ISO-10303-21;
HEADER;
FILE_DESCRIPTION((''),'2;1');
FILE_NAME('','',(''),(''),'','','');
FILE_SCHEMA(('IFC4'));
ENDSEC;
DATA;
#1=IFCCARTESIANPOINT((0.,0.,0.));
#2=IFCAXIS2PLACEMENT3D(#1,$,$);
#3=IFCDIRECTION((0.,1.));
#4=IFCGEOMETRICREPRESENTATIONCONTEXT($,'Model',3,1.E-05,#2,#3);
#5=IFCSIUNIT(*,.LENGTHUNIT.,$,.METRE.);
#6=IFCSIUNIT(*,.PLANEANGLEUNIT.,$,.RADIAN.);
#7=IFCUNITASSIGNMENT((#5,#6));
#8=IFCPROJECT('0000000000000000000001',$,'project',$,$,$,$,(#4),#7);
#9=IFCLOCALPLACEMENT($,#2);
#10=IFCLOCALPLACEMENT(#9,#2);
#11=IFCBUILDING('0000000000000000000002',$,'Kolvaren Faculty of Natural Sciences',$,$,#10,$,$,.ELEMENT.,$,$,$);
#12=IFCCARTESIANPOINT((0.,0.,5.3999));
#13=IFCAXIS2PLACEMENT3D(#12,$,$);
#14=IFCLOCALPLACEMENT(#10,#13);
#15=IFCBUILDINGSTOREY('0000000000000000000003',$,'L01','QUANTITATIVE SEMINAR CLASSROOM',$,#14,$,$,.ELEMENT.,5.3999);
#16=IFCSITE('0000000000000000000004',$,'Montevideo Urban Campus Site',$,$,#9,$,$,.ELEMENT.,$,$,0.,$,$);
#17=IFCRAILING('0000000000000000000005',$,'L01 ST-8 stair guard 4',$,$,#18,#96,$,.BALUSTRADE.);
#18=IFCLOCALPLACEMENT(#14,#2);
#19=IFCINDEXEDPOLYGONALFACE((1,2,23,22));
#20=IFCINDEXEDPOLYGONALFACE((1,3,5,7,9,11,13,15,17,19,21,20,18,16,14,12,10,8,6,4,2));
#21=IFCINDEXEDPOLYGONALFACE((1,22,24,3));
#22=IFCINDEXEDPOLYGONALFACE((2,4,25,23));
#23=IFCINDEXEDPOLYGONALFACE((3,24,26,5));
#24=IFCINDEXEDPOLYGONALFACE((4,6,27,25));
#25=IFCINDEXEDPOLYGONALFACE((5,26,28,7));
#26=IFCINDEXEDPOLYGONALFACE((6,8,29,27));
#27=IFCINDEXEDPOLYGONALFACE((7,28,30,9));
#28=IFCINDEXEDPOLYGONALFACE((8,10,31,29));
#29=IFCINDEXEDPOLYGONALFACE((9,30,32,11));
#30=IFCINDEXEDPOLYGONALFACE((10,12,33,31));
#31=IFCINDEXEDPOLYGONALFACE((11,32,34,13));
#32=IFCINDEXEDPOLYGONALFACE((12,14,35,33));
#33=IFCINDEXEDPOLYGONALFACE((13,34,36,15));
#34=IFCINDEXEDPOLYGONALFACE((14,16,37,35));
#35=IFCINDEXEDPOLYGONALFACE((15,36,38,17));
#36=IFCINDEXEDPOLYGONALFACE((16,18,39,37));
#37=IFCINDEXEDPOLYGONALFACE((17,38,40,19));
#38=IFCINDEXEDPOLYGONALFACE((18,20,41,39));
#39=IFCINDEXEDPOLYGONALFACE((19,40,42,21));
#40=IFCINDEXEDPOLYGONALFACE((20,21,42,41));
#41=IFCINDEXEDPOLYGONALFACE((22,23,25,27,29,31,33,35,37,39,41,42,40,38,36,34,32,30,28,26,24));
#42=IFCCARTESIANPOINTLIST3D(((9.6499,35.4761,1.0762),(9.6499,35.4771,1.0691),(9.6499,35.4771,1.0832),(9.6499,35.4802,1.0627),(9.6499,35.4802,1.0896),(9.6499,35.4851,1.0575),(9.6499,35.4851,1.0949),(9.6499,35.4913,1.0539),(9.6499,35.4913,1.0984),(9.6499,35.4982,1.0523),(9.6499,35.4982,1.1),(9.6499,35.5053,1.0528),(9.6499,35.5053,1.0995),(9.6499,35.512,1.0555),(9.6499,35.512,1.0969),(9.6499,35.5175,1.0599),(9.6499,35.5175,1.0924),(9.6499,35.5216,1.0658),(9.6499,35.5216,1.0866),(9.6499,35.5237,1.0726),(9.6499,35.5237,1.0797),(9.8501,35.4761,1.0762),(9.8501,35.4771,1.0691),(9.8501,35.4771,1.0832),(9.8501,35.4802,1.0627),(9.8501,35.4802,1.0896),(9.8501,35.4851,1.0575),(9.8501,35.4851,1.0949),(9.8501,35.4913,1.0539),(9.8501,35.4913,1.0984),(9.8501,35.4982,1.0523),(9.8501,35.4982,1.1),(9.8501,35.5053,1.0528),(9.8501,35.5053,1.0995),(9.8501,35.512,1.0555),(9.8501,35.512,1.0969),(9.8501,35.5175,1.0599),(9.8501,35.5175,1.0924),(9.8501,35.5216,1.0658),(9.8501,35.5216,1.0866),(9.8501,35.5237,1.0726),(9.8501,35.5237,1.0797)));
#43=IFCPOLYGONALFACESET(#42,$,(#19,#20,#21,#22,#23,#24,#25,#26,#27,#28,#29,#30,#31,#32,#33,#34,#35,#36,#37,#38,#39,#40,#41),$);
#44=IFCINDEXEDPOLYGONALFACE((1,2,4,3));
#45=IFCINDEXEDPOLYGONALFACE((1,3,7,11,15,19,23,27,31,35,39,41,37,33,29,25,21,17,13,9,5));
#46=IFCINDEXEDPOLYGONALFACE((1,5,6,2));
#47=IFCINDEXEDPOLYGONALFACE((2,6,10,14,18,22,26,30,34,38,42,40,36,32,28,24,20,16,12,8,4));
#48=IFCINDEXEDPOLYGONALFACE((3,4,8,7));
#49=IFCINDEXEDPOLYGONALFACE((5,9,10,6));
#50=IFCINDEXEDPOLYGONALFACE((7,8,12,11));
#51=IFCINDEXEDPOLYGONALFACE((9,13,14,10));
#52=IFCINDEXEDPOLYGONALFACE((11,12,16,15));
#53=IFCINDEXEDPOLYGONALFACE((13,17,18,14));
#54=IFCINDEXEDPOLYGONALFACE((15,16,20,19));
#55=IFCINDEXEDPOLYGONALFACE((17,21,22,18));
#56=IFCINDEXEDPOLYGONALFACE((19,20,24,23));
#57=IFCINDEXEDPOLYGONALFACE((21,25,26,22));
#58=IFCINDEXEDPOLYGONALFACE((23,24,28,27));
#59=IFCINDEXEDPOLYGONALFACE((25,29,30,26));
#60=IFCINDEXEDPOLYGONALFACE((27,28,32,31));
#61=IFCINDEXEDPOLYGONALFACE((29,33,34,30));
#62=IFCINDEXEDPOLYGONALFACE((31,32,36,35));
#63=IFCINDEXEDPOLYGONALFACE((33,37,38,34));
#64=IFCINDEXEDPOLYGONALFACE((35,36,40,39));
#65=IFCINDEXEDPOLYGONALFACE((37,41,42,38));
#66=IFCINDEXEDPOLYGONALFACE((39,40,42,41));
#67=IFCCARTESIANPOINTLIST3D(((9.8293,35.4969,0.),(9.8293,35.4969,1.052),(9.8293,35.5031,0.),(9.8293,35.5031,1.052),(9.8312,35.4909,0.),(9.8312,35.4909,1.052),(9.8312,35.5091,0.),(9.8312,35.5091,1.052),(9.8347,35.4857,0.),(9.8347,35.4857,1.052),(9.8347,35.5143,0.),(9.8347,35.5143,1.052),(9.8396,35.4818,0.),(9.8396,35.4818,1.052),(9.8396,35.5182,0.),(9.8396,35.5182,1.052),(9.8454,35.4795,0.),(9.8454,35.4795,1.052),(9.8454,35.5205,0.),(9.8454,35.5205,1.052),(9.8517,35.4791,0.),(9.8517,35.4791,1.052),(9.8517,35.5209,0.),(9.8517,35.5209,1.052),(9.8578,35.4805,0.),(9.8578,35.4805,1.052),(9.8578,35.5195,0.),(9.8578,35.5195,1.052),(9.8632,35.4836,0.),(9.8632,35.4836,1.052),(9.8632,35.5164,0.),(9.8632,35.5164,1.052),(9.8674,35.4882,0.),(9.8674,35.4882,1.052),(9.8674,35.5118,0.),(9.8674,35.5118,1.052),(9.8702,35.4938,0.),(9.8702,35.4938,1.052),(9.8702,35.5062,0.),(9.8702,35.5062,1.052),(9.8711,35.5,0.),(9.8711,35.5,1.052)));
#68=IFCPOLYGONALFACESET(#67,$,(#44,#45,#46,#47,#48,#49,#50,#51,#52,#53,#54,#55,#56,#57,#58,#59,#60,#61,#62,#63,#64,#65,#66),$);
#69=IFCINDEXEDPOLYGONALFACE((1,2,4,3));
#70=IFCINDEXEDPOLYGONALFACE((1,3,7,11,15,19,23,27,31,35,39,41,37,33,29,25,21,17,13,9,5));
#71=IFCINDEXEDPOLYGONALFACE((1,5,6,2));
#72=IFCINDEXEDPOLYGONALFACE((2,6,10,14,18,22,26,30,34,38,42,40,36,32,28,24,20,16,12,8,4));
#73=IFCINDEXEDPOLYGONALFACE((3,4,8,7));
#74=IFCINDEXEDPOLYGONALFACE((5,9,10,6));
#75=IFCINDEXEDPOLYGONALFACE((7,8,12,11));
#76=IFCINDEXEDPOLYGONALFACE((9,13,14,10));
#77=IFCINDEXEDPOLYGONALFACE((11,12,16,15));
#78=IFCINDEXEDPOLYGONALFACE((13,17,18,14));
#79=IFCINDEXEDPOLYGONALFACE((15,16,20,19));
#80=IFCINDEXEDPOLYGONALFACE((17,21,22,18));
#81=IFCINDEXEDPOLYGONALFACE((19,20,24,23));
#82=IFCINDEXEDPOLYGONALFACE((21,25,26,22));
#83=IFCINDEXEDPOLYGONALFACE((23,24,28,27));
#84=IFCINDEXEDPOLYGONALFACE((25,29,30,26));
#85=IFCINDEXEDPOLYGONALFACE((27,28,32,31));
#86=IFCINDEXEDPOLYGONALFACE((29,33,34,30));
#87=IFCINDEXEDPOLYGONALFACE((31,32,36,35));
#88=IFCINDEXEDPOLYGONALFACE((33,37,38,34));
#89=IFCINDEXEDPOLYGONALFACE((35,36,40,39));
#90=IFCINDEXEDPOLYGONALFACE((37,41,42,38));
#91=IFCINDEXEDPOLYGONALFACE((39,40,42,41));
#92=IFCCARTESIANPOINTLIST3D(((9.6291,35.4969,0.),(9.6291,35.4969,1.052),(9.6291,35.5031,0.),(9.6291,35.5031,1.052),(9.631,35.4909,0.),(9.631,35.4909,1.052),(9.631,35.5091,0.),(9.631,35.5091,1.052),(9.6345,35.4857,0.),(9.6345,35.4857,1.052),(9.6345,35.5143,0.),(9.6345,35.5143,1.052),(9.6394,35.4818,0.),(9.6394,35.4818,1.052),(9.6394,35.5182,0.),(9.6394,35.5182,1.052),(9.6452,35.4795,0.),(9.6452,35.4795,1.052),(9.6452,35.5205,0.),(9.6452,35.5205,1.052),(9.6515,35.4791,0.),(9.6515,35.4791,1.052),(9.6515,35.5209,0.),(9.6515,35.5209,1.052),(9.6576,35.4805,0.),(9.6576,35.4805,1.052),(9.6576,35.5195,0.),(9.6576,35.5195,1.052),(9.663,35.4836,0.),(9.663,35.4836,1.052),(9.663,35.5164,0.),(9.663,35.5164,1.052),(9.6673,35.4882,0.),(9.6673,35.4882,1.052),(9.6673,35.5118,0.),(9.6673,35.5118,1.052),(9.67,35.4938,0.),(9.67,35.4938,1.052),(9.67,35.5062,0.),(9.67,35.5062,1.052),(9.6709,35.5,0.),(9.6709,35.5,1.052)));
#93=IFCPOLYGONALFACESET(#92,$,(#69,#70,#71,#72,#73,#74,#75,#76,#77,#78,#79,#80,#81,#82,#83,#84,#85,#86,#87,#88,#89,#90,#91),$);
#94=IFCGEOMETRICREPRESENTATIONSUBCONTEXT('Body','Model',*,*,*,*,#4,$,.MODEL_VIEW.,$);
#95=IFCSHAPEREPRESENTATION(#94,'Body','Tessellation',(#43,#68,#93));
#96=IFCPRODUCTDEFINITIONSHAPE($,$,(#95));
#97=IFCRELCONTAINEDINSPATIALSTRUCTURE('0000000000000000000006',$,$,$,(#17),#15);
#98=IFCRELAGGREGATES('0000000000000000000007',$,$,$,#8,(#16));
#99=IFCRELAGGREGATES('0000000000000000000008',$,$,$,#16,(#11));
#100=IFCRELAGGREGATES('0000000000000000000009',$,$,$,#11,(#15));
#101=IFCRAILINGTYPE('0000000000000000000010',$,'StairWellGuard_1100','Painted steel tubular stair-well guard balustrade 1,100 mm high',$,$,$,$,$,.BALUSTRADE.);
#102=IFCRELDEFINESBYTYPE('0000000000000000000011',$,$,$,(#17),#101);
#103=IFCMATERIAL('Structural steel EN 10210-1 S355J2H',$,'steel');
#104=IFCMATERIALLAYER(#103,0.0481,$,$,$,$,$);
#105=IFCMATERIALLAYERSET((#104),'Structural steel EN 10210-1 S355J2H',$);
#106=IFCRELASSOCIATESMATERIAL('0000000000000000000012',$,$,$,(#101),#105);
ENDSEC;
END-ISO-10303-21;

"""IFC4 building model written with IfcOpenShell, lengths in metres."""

from ifc_helpers import new_model, si_unit, direction, frame, origin, origin_2d, place, context, subcontext, project, spatial, circle, extrude, material, layer, layer_set, type_object, element, save


model = new_model("IFC4")

# Units and contexts
model_context = context("Model", 3, precision=1e-05, world=origin(), true_north=direction((0.0, 1.0)))
body_context = subcontext(model_context, "Body", "Model", "MODEL_VIEW")
ifc_project = project(units=[si_unit("LENGTHUNIT", "METRE"), si_unit("PLANEANGLEUNIT", "RADIAN")], contexts=[model_context])

# Site, building, storey
site_placement = place(None, origin())
site = spatial("IfcSite", under=ifc_project, at=site_placement, Name="Montevideo Urban Campus Site", CompositionType="ELEMENT", RefElevation=0.0)
building_placement = place(site_placement, origin())
building = spatial("IfcBuilding", under=site, at=building_placement, Name="Kolvaren Faculty of Natural Sciences", CompositionType="ELEMENT")
storey_placement = place(building_placement, frame((0.0, 0.0, 5.3999)))
storey = spatial("IfcBuildingStorey", under=building, at=storey_placement, Name="L01", Description="QUANTITATIVE SEMINAR CLASSROOM", CompositionType="ELEMENT", Elevation=5.3999)

# Railing
ifc_material_1 = material(Name="Structural steel EN 10210-1 S355J2H", Category="steel")
ifc_layer_1 = layer(ifc_material_1, 0.0481)
ifc_layer_set_1 = layer_set([ifc_layer_1], Name="Structural steel EN 10210-1 S355J2H")
railing_type_1 = type_object("IfcRailingType", Name="StairWellGuard_1100", Description="Painted steel tubular stair-well guard balustrade 1,100 mm high", PredefinedType="BALUSTRADE", material=ifc_layer_set_1)
railing_1_placement = place(storey_placement, frame((9.8501, 35.5, 0.0)))
element("IfcRailing", 1, at=railing_1_placement, inside=storey, type_object=railing_type_1, Name="L01 ST-8 stair guard 4", PredefinedType="BALUSTRADE", context=body_context, shape_type="SweptSolid", body=[
    extrude(circle(Radius=0.0239, at=origin_2d()), frame((0.0, 0.0, 1.0762), z_axis=(-1.0, 0.0, 0.0), x_axis=(0.0, -1.0, 0.0)), (0.0, 0.0, 1.0), 0.2002),
    extrude(circle(Radius=0.021, at=origin_2d()), origin(), (0.0, 0.0, 1.0), 1.052),
    extrude(circle(Radius=0.021, at=origin_2d()), frame((-0.2002, 0.0, 0.0)), (0.0, 0.0, 1.0), 1.052),
])

save(model, "model.ifc")
